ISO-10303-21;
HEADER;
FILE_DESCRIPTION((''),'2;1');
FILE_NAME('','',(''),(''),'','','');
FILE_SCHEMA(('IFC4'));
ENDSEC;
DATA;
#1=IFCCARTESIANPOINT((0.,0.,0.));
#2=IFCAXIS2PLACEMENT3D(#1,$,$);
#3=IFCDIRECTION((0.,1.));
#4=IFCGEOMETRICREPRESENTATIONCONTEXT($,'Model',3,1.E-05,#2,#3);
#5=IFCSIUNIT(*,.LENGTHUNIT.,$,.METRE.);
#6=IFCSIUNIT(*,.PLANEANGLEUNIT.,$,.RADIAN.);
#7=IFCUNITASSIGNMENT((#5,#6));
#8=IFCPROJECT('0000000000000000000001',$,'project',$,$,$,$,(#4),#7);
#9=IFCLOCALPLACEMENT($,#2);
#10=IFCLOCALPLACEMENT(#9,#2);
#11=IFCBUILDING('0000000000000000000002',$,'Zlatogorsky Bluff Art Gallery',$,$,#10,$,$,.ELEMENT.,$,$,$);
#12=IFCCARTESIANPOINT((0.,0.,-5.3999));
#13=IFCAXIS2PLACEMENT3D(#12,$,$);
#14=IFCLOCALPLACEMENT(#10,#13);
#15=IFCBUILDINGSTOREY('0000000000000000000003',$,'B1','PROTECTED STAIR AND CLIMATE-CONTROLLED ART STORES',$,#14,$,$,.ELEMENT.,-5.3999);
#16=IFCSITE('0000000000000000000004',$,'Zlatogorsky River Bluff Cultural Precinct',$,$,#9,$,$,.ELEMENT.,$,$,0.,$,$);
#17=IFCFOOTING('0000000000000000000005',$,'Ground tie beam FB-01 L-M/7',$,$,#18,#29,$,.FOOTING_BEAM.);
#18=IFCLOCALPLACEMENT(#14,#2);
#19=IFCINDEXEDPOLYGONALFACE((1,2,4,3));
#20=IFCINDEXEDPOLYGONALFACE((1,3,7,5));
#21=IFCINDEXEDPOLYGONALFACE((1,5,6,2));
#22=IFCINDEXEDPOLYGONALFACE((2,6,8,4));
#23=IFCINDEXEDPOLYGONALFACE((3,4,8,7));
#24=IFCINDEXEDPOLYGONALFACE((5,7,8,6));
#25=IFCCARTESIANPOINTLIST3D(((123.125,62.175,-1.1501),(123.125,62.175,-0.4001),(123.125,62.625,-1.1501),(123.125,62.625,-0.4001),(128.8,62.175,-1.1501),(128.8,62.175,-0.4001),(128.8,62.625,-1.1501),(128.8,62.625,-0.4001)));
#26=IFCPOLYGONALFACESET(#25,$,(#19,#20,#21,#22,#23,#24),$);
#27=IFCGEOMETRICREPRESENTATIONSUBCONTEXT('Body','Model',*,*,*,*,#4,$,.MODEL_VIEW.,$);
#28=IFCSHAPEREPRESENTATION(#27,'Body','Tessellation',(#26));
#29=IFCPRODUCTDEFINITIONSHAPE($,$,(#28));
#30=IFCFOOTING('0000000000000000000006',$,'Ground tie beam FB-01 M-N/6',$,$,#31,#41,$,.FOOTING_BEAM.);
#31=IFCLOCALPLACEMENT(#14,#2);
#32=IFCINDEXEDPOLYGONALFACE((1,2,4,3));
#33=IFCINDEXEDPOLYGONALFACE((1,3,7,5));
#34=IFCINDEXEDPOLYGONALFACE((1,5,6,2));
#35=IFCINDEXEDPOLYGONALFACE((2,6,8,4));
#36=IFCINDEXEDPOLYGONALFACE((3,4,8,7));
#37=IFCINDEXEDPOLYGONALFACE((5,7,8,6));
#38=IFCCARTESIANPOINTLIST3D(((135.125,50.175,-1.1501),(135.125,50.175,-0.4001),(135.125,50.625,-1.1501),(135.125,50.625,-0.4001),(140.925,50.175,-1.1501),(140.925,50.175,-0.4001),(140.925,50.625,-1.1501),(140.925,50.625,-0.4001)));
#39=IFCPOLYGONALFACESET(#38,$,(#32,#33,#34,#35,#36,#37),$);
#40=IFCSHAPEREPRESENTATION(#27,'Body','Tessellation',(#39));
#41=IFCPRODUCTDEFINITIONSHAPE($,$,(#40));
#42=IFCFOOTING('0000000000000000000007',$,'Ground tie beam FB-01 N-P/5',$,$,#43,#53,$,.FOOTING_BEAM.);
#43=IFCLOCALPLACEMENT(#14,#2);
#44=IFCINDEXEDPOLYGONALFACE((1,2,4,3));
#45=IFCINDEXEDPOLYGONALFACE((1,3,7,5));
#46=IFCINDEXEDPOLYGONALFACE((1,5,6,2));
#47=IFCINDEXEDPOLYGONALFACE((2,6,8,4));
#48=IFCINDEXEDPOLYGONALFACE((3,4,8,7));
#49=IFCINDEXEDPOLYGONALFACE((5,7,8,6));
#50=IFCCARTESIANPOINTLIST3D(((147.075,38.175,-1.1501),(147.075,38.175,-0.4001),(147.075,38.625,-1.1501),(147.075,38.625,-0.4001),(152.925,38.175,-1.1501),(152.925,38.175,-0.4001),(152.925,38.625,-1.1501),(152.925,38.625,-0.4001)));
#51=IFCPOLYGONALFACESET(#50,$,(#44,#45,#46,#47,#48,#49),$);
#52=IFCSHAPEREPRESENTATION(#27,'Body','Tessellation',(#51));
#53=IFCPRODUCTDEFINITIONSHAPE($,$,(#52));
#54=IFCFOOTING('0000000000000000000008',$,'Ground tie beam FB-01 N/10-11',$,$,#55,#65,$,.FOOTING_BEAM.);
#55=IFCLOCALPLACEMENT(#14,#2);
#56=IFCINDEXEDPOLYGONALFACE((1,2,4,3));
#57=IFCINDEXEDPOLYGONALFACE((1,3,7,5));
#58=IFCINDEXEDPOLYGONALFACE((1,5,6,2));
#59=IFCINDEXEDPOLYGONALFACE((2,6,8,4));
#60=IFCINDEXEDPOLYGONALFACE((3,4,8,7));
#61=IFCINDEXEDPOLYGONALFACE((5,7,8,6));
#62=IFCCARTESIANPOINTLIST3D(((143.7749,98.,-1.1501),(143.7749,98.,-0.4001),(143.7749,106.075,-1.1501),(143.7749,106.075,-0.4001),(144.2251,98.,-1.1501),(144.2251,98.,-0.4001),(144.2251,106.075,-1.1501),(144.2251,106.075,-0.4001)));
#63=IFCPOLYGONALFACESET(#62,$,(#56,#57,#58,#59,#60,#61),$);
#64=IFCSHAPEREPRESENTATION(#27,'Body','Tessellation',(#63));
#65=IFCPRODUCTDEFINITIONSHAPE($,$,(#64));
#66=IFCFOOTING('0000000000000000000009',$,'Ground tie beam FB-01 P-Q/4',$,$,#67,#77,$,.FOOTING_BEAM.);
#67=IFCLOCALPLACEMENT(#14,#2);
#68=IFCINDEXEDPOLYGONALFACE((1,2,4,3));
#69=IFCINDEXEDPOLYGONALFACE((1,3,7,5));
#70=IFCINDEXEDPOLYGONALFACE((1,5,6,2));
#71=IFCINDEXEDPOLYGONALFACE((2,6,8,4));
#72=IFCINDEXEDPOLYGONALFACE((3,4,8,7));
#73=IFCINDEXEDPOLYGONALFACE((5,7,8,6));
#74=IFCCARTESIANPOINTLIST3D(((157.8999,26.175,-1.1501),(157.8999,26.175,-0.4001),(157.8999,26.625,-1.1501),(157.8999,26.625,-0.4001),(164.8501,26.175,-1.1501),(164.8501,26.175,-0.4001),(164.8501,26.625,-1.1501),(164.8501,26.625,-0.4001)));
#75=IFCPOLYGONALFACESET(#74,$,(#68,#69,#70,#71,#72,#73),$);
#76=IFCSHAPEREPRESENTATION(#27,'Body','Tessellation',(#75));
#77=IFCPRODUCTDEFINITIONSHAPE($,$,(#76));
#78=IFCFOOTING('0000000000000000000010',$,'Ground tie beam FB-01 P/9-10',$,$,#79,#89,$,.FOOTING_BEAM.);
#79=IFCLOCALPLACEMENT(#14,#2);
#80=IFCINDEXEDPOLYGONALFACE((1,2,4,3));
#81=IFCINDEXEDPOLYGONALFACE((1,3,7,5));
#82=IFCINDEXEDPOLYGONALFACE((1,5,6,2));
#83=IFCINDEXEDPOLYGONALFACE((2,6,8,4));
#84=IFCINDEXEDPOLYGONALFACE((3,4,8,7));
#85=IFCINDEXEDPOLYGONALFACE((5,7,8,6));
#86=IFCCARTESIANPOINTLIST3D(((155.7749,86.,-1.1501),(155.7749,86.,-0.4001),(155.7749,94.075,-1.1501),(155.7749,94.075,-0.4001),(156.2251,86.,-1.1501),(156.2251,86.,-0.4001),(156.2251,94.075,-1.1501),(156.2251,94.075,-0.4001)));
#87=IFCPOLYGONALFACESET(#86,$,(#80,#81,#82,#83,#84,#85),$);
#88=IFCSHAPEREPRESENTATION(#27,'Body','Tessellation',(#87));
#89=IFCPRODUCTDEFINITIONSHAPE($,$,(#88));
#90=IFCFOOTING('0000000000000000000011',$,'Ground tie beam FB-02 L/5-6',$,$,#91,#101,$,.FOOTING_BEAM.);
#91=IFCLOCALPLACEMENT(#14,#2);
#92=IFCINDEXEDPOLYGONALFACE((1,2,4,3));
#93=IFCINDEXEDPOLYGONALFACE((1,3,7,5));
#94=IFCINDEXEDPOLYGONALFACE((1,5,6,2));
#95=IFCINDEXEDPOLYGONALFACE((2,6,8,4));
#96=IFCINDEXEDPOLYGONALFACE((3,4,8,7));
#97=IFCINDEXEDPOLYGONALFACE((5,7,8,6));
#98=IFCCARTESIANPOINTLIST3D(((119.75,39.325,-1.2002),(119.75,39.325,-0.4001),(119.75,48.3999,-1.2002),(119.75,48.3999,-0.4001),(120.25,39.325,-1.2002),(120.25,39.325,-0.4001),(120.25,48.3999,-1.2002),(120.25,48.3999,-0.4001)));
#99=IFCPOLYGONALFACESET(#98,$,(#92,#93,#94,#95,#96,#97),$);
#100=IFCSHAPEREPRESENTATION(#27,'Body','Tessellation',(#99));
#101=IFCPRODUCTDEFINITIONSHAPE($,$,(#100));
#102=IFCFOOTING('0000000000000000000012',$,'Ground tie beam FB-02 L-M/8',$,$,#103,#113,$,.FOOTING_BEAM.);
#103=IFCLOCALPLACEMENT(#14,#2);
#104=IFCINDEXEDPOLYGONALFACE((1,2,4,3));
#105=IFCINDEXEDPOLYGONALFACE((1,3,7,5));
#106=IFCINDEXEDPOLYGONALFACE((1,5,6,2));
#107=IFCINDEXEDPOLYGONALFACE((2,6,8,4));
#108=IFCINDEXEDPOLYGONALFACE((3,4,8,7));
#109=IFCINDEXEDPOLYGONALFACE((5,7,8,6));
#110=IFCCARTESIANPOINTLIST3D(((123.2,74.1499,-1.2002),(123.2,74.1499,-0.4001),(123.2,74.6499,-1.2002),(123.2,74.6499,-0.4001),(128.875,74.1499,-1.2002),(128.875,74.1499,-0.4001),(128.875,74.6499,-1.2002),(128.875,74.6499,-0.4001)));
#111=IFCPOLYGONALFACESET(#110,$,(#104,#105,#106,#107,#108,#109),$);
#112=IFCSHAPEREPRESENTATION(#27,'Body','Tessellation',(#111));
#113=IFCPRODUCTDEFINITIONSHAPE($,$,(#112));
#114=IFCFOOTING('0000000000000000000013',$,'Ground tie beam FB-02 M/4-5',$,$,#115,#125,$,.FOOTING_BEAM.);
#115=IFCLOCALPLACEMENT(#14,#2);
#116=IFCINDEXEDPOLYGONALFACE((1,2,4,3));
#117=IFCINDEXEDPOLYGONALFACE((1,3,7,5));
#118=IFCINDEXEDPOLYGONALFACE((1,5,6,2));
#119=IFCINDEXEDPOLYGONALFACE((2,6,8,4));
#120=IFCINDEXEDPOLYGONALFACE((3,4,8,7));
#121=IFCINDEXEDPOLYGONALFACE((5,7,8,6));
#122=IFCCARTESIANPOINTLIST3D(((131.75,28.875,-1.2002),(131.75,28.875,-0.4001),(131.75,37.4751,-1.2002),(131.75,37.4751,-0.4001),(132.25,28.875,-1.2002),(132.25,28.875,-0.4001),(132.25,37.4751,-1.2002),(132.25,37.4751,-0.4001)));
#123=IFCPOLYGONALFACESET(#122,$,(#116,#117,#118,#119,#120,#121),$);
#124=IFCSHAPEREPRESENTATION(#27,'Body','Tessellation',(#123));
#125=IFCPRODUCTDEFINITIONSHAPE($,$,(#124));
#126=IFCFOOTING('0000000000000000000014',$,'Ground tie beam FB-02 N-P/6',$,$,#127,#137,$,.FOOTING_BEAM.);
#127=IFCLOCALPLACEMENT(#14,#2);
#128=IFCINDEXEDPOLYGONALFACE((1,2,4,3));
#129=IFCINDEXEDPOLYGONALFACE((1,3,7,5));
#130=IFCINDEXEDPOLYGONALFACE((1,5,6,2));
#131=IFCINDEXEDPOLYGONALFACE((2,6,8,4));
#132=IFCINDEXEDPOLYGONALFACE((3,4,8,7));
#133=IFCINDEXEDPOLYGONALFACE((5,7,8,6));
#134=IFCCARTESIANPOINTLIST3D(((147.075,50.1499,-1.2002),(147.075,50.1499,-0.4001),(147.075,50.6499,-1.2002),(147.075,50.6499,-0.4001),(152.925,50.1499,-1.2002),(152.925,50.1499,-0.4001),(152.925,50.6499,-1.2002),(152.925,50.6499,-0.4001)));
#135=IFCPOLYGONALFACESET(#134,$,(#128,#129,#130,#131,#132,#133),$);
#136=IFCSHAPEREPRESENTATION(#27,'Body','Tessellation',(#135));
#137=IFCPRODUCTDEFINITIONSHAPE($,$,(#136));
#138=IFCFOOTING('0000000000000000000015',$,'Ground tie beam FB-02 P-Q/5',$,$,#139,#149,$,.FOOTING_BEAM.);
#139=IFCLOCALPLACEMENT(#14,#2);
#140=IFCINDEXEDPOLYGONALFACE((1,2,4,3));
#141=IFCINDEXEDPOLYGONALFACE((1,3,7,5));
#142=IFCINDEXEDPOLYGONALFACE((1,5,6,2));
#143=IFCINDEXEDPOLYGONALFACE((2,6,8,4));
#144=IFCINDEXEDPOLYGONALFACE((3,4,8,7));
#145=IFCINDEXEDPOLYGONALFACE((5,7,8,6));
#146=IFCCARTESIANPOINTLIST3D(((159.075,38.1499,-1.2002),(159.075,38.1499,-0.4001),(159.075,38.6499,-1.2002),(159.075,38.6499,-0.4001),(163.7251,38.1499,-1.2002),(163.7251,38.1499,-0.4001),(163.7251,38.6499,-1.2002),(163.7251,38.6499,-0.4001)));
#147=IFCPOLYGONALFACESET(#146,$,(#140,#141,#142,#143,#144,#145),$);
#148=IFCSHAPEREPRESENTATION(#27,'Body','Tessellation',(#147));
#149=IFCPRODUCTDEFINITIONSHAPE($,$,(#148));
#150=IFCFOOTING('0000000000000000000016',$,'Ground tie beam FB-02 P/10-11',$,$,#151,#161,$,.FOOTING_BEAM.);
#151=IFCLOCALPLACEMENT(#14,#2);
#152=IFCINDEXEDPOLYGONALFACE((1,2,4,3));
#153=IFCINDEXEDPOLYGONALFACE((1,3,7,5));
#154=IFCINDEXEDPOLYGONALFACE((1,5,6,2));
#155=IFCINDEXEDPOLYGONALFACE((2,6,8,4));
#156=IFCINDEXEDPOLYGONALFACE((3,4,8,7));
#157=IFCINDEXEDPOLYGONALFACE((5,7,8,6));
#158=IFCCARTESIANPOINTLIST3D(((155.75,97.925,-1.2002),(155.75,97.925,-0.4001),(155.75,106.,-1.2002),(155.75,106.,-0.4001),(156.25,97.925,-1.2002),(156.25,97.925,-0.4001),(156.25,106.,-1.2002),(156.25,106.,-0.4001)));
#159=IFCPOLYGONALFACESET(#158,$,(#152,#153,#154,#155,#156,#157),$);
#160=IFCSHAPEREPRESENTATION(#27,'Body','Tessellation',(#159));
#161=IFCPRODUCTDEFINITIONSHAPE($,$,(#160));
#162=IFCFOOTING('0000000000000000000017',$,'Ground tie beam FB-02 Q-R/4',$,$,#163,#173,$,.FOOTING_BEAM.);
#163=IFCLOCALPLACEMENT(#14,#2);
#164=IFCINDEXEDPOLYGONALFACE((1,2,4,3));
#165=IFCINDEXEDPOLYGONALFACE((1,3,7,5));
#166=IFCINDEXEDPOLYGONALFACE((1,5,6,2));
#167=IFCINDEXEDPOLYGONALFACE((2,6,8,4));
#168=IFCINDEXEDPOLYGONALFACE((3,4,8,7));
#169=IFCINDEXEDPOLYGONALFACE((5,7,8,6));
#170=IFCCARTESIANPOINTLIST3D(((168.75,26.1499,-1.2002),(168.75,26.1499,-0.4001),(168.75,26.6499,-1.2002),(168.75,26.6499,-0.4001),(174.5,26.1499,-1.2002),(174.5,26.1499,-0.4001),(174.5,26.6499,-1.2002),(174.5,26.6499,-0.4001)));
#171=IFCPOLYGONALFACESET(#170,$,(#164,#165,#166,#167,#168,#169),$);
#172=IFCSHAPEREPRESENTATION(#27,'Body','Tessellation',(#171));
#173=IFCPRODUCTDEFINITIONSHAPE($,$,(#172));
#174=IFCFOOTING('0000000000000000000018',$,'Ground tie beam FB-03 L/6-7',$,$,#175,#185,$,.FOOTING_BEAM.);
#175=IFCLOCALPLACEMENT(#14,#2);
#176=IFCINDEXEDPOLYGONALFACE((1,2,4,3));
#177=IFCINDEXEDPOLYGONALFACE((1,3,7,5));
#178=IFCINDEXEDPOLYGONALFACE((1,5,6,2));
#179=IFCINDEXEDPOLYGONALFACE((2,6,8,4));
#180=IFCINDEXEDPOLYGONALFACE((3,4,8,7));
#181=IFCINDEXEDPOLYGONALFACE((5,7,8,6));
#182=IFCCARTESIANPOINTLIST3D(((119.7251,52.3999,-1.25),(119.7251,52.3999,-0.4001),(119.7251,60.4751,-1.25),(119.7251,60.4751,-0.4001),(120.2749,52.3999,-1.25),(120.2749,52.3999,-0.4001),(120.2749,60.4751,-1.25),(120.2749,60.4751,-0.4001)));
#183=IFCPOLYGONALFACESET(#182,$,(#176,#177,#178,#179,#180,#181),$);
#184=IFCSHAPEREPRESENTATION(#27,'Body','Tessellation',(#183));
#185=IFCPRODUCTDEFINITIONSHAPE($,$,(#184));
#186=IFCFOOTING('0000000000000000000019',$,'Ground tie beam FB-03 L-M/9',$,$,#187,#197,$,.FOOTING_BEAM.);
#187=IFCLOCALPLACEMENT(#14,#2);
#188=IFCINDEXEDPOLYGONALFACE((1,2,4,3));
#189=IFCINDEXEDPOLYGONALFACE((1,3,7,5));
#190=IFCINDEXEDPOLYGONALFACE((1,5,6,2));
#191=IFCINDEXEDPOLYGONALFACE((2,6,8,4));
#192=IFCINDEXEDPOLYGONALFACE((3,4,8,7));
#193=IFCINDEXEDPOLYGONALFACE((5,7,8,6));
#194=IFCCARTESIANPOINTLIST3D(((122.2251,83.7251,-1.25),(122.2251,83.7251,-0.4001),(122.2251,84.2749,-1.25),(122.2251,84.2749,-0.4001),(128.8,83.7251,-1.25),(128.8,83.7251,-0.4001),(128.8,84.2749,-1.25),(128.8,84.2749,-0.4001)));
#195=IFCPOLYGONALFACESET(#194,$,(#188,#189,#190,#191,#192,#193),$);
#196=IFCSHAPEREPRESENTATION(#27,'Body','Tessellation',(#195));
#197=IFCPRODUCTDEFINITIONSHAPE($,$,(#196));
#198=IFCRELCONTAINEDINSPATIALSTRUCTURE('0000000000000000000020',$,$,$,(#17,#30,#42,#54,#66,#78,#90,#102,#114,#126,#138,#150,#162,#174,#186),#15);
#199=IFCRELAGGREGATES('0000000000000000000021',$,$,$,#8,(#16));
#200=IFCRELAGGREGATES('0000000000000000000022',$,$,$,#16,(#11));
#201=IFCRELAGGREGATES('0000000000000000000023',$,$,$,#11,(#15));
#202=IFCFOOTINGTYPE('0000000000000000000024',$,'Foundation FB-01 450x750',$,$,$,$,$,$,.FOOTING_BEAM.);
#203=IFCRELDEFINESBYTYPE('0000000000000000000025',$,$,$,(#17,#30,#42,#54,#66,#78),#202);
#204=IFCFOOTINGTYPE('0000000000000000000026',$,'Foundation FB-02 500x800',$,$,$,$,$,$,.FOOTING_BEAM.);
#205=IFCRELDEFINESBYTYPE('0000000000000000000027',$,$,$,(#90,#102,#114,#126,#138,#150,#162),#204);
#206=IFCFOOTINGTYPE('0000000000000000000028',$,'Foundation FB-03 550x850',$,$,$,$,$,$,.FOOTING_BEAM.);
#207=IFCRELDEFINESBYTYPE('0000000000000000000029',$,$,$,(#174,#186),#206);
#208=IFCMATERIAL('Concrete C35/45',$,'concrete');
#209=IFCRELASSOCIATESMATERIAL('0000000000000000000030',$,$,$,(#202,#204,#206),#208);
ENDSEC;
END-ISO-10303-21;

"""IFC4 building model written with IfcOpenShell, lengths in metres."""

from ifc_helpers import new_model, si_unit, direction, frame, origin, place, context, subcontext, project, spatial, polyline, outline, extrude, material, type_object, element, save


model = new_model("IFC4")

# Units and contexts
model_context = context("Model", 3, precision=1e-05, world=origin(), true_north=direction((0.0, 1.0)))
body_context = subcontext(model_context, "Body", "Model", "MODEL_VIEW")
ifc_project = project(units=[si_unit("LENGTHUNIT", "METRE"), si_unit("PLANEANGLEUNIT", "RADIAN")], contexts=[model_context])

# Site, building, storey
site_placement = place(None, origin())
site = spatial("IfcSite", under=ifc_project, at=site_placement, Name="Zlatogorsky River Bluff Cultural Precinct", CompositionType="ELEMENT", RefElevation=0.0)
building_placement = place(site_placement, origin())
building = spatial("IfcBuilding", under=site, at=building_placement, Name="Zlatogorsky Bluff Art Gallery", CompositionType="ELEMENT")
storey_placement = place(building_placement, frame((0.0, 0.0, -5.3999)))
storey = spatial("IfcBuildingStorey", under=building, at=storey_placement, Name="B1", Description="PROTECTED STAIR AND CLIMATE-CONTROLLED ART STORES", CompositionType="ELEMENT", Elevation=-5.3999)

# Footings
ifc_material = material(Name="Concrete C35/45", Category="concrete")
footing_type_1 = type_object("IfcFootingType", Name="Foundation FB-01 450x750", PredefinedType="FOOTING_BEAM", material=ifc_material)
footing_1_placement = place(storey_placement, frame((0.0, 0.0, -1.1501)))
element("IfcFooting", 1, at=footing_1_placement, inside=storey, type_object=footing_type_1, Name="Ground tie beam FB-01 L-M/7", PredefinedType="FOOTING_BEAM", context=body_context, shape_type="SweptSolid", body=[
    extrude(outline(polyline([(123.125, 62.175), (128.8, 62.175), (128.8, 62.625), (123.125, 62.625), (123.125, 62.175)])), origin(), (0.0, 0.0, 1.0), 0.75),
])
footing_2_placement = place(storey_placement, frame((0.0, 0.0, -1.1501)))
element("IfcFooting", 2, at=footing_2_placement, inside=storey, type_object=footing_type_1, Name="Ground tie beam FB-01 M-N/6", PredefinedType="FOOTING_BEAM", context=body_context, shape_type="SweptSolid", body=[
    extrude(outline(polyline([(135.125, 50.175), (140.925, 50.175), (140.925, 50.625), (135.125, 50.625), (135.125, 50.175)])), origin(), (0.0, 0.0, 1.0), 0.75),
])
footing_3_placement = place(storey_placement, frame((0.0, 0.0, -1.1501)))
element("IfcFooting", 3, at=footing_3_placement, inside=storey, type_object=footing_type_1, Name="Ground tie beam FB-01 N-P/5", PredefinedType="FOOTING_BEAM", context=body_context, shape_type="SweptSolid", body=[
    extrude(outline(polyline([(147.075, 38.175), (152.925, 38.175), (152.925, 38.625), (147.075, 38.625), (147.075, 38.175)])), origin(), (0.0, 0.0, 1.0), 0.75),
])
footing_4_placement = place(storey_placement, frame((0.0, 0.0, -1.1501)))
element("IfcFooting", 4, at=footing_4_placement, inside=storey, type_object=footing_type_1, Name="Ground tie beam FB-01 N/10-11", PredefinedType="FOOTING_BEAM", context=body_context, shape_type="SweptSolid", body=[
    extrude(outline(polyline([(143.7749, 98.0), (144.2251, 98.0), (144.2251, 106.075), (143.7749, 106.075), (143.7749, 98.0)])), origin(), (0.0, 0.0, 1.0), 0.75),
])
footing_5_placement = place(storey_placement, frame((0.0, 0.0, -1.1501)))
element("IfcFooting", 5, at=footing_5_placement, inside=storey, type_object=footing_type_1, Name="Ground tie beam FB-01 P-Q/4", PredefinedType="FOOTING_BEAM", context=body_context, shape_type="SweptSolid", body=[
    extrude(outline(polyline([(157.8999, 26.175), (164.8501, 26.175), (164.8501, 26.625), (157.8999, 26.625), (157.8999, 26.175)])), origin(), (0.0, 0.0, 1.0), 0.75),
])
footing_6_placement = place(storey_placement, frame((0.0, 0.0, -1.1501)))
element("IfcFooting", 6, at=footing_6_placement, inside=storey, type_object=footing_type_1, Name="Ground tie beam FB-01 P/9-10", PredefinedType="FOOTING_BEAM", context=body_context, shape_type="SweptSolid", body=[
    extrude(outline(polyline([(155.7749, 86.0), (156.2251, 86.0), (156.2251, 94.075), (155.7749, 94.075), (155.7749, 86.0)])), origin(), (0.0, 0.0, 1.0), 0.75),
])
footing_type_2 = type_object("IfcFootingType", Name="Foundation FB-02 500x800", PredefinedType="FOOTING_BEAM", material=ifc_material)
footing_7_placement = place(storey_placement, frame((0.0, 0.0, -1.2002)))
element("IfcFooting", 7, at=footing_7_placement, inside=storey, type_object=footing_type_2, Name="Ground tie beam FB-02 L/5-6", PredefinedType="FOOTING_BEAM", context=body_context, shape_type="SweptSolid", body=[
    extrude(outline(polyline([(119.75, 39.325), (120.25, 39.325), (120.25, 48.3999), (119.75, 48.3999), (119.75, 39.325)])), origin(), (0.0, 0.0, 1.0), 0.8),
])
footing_8_placement = place(storey_placement, frame((0.0, 0.0, -1.2002)))
element("IfcFooting", 8, at=footing_8_placement, inside=storey, type_object=footing_type_2, Name="Ground tie beam FB-02 L-M/8", PredefinedType="FOOTING_BEAM", context=body_context, shape_type="SweptSolid", body=[
    extrude(outline(polyline([(123.2, 74.1499), (128.875, 74.1499), (128.875, 74.6499), (123.2, 74.6499), (123.2, 74.1499)])), origin(), (0.0, 0.0, 1.0), 0.8),
])
footing_9_placement = place(storey_placement, frame((0.0, 0.0, -1.2002)))
element("IfcFooting", 9, at=footing_9_placement, inside=storey, type_object=footing_type_2, Name="Ground tie beam FB-02 M/4-5", PredefinedType="FOOTING_BEAM", context=body_context, shape_type="SweptSolid", body=[
    extrude(outline(polyline([(131.75, 28.875), (132.25, 28.875), (132.25, 37.4751), (131.75, 37.4751), (131.75, 28.875)])), origin(), (0.0, 0.0, 1.0), 0.8),
])
footing_10_placement = place(storey_placement, frame((0.0, 0.0, -1.2002)))
element("IfcFooting", 10, at=footing_10_placement, inside=storey, type_object=footing_type_2, Name="Ground tie beam FB-02 N-P/6", PredefinedType="FOOTING_BEAM", context=body_context, shape_type="SweptSolid", body=[
    extrude(outline(polyline([(147.075, 50.1499), (152.925, 50.1499), (152.925, 50.6499), (147.075, 50.6499), (147.075, 50.1499)])), origin(), (0.0, 0.0, 1.0), 0.8),
])
footing_11_placement = place(storey_placement, frame((0.0, 0.0, -1.2002)))
element("IfcFooting", 11, at=footing_11_placement, inside=storey, type_object=footing_type_2, Name="Ground tie beam FB-02 P-Q/5", PredefinedType="FOOTING_BEAM", context=body_context, shape_type="SweptSolid", body=[
    extrude(outline(polyline([(159.075, 38.1499), (163.7251, 38.1499), (163.7251, 38.6499), (159.075, 38.6499), (159.075, 38.1499)])), origin(), (0.0, 0.0, 1.0), 0.8),
])
footing_12_placement = place(storey_placement, frame((0.0, 0.0, -1.2002)))
element("IfcFooting", 12, at=footing_12_placement, inside=storey, type_object=footing_type_2, Name="Ground tie beam FB-02 P/10-11", PredefinedType="FOOTING_BEAM", context=body_context, shape_type="SweptSolid", body=[
    extrude(outline(polyline([(155.75, 97.925), (156.25, 97.925), (156.25, 106.0), (155.75, 106.0), (155.75, 97.925)])), origin(), (0.0, 0.0, 1.0), 0.8),
])
footing_13_placement = place(storey_placement, frame((0.0, 0.0, -1.2002)))
element("IfcFooting", 13, at=footing_13_placement, inside=storey, type_object=footing_type_2, Name="Ground tie beam FB-02 Q-R/4", PredefinedType="FOOTING_BEAM", context=body_context, shape_type="SweptSolid", body=[
    extrude(outline(polyline([(168.75, 26.1499), (174.5, 26.1499), (174.5, 26.6499), (168.75, 26.6499), (168.75, 26.1499)])), origin(), (0.0, 0.0, 1.0), 0.8),
])
footing_type_3 = type_object("IfcFootingType", Name="Foundation FB-03 550x850", PredefinedType="FOOTING_BEAM", material=ifc_material)
footing_14_placement = place(storey_placement, frame((0.0, 0.0, -1.25)))
element("IfcFooting", 14, at=footing_14_placement, inside=storey, type_object=footing_type_3, Name="Ground tie beam FB-03 L/6-7", PredefinedType="FOOTING_BEAM", context=body_context, shape_type="SweptSolid", body=[
    extrude(outline(polyline([(119.7251, 52.3999), (120.2749, 52.3999), (120.2749, 60.4751), (119.7251, 60.4751), (119.7251, 52.3999)])), origin(), (0.0, 0.0, 1.0), 0.8499),
])
footing_15_placement = place(storey_placement, frame((0.0, 0.0, -1.25)))
element("IfcFooting", 15, at=footing_15_placement, inside=storey, type_object=footing_type_3, Name="Ground tie beam FB-03 L-M/9", PredefinedType="FOOTING_BEAM", context=body_context, shape_type="SweptSolid", body=[
    extrude(outline(polyline([(122.2251, 83.7251), (128.8, 83.7251), (128.8, 84.2749), (122.2251, 84.2749), (122.2251, 83.7251)])), origin(), (0.0, 0.0, 1.0), 0.8499),
])

save(model, "model.ifc")
